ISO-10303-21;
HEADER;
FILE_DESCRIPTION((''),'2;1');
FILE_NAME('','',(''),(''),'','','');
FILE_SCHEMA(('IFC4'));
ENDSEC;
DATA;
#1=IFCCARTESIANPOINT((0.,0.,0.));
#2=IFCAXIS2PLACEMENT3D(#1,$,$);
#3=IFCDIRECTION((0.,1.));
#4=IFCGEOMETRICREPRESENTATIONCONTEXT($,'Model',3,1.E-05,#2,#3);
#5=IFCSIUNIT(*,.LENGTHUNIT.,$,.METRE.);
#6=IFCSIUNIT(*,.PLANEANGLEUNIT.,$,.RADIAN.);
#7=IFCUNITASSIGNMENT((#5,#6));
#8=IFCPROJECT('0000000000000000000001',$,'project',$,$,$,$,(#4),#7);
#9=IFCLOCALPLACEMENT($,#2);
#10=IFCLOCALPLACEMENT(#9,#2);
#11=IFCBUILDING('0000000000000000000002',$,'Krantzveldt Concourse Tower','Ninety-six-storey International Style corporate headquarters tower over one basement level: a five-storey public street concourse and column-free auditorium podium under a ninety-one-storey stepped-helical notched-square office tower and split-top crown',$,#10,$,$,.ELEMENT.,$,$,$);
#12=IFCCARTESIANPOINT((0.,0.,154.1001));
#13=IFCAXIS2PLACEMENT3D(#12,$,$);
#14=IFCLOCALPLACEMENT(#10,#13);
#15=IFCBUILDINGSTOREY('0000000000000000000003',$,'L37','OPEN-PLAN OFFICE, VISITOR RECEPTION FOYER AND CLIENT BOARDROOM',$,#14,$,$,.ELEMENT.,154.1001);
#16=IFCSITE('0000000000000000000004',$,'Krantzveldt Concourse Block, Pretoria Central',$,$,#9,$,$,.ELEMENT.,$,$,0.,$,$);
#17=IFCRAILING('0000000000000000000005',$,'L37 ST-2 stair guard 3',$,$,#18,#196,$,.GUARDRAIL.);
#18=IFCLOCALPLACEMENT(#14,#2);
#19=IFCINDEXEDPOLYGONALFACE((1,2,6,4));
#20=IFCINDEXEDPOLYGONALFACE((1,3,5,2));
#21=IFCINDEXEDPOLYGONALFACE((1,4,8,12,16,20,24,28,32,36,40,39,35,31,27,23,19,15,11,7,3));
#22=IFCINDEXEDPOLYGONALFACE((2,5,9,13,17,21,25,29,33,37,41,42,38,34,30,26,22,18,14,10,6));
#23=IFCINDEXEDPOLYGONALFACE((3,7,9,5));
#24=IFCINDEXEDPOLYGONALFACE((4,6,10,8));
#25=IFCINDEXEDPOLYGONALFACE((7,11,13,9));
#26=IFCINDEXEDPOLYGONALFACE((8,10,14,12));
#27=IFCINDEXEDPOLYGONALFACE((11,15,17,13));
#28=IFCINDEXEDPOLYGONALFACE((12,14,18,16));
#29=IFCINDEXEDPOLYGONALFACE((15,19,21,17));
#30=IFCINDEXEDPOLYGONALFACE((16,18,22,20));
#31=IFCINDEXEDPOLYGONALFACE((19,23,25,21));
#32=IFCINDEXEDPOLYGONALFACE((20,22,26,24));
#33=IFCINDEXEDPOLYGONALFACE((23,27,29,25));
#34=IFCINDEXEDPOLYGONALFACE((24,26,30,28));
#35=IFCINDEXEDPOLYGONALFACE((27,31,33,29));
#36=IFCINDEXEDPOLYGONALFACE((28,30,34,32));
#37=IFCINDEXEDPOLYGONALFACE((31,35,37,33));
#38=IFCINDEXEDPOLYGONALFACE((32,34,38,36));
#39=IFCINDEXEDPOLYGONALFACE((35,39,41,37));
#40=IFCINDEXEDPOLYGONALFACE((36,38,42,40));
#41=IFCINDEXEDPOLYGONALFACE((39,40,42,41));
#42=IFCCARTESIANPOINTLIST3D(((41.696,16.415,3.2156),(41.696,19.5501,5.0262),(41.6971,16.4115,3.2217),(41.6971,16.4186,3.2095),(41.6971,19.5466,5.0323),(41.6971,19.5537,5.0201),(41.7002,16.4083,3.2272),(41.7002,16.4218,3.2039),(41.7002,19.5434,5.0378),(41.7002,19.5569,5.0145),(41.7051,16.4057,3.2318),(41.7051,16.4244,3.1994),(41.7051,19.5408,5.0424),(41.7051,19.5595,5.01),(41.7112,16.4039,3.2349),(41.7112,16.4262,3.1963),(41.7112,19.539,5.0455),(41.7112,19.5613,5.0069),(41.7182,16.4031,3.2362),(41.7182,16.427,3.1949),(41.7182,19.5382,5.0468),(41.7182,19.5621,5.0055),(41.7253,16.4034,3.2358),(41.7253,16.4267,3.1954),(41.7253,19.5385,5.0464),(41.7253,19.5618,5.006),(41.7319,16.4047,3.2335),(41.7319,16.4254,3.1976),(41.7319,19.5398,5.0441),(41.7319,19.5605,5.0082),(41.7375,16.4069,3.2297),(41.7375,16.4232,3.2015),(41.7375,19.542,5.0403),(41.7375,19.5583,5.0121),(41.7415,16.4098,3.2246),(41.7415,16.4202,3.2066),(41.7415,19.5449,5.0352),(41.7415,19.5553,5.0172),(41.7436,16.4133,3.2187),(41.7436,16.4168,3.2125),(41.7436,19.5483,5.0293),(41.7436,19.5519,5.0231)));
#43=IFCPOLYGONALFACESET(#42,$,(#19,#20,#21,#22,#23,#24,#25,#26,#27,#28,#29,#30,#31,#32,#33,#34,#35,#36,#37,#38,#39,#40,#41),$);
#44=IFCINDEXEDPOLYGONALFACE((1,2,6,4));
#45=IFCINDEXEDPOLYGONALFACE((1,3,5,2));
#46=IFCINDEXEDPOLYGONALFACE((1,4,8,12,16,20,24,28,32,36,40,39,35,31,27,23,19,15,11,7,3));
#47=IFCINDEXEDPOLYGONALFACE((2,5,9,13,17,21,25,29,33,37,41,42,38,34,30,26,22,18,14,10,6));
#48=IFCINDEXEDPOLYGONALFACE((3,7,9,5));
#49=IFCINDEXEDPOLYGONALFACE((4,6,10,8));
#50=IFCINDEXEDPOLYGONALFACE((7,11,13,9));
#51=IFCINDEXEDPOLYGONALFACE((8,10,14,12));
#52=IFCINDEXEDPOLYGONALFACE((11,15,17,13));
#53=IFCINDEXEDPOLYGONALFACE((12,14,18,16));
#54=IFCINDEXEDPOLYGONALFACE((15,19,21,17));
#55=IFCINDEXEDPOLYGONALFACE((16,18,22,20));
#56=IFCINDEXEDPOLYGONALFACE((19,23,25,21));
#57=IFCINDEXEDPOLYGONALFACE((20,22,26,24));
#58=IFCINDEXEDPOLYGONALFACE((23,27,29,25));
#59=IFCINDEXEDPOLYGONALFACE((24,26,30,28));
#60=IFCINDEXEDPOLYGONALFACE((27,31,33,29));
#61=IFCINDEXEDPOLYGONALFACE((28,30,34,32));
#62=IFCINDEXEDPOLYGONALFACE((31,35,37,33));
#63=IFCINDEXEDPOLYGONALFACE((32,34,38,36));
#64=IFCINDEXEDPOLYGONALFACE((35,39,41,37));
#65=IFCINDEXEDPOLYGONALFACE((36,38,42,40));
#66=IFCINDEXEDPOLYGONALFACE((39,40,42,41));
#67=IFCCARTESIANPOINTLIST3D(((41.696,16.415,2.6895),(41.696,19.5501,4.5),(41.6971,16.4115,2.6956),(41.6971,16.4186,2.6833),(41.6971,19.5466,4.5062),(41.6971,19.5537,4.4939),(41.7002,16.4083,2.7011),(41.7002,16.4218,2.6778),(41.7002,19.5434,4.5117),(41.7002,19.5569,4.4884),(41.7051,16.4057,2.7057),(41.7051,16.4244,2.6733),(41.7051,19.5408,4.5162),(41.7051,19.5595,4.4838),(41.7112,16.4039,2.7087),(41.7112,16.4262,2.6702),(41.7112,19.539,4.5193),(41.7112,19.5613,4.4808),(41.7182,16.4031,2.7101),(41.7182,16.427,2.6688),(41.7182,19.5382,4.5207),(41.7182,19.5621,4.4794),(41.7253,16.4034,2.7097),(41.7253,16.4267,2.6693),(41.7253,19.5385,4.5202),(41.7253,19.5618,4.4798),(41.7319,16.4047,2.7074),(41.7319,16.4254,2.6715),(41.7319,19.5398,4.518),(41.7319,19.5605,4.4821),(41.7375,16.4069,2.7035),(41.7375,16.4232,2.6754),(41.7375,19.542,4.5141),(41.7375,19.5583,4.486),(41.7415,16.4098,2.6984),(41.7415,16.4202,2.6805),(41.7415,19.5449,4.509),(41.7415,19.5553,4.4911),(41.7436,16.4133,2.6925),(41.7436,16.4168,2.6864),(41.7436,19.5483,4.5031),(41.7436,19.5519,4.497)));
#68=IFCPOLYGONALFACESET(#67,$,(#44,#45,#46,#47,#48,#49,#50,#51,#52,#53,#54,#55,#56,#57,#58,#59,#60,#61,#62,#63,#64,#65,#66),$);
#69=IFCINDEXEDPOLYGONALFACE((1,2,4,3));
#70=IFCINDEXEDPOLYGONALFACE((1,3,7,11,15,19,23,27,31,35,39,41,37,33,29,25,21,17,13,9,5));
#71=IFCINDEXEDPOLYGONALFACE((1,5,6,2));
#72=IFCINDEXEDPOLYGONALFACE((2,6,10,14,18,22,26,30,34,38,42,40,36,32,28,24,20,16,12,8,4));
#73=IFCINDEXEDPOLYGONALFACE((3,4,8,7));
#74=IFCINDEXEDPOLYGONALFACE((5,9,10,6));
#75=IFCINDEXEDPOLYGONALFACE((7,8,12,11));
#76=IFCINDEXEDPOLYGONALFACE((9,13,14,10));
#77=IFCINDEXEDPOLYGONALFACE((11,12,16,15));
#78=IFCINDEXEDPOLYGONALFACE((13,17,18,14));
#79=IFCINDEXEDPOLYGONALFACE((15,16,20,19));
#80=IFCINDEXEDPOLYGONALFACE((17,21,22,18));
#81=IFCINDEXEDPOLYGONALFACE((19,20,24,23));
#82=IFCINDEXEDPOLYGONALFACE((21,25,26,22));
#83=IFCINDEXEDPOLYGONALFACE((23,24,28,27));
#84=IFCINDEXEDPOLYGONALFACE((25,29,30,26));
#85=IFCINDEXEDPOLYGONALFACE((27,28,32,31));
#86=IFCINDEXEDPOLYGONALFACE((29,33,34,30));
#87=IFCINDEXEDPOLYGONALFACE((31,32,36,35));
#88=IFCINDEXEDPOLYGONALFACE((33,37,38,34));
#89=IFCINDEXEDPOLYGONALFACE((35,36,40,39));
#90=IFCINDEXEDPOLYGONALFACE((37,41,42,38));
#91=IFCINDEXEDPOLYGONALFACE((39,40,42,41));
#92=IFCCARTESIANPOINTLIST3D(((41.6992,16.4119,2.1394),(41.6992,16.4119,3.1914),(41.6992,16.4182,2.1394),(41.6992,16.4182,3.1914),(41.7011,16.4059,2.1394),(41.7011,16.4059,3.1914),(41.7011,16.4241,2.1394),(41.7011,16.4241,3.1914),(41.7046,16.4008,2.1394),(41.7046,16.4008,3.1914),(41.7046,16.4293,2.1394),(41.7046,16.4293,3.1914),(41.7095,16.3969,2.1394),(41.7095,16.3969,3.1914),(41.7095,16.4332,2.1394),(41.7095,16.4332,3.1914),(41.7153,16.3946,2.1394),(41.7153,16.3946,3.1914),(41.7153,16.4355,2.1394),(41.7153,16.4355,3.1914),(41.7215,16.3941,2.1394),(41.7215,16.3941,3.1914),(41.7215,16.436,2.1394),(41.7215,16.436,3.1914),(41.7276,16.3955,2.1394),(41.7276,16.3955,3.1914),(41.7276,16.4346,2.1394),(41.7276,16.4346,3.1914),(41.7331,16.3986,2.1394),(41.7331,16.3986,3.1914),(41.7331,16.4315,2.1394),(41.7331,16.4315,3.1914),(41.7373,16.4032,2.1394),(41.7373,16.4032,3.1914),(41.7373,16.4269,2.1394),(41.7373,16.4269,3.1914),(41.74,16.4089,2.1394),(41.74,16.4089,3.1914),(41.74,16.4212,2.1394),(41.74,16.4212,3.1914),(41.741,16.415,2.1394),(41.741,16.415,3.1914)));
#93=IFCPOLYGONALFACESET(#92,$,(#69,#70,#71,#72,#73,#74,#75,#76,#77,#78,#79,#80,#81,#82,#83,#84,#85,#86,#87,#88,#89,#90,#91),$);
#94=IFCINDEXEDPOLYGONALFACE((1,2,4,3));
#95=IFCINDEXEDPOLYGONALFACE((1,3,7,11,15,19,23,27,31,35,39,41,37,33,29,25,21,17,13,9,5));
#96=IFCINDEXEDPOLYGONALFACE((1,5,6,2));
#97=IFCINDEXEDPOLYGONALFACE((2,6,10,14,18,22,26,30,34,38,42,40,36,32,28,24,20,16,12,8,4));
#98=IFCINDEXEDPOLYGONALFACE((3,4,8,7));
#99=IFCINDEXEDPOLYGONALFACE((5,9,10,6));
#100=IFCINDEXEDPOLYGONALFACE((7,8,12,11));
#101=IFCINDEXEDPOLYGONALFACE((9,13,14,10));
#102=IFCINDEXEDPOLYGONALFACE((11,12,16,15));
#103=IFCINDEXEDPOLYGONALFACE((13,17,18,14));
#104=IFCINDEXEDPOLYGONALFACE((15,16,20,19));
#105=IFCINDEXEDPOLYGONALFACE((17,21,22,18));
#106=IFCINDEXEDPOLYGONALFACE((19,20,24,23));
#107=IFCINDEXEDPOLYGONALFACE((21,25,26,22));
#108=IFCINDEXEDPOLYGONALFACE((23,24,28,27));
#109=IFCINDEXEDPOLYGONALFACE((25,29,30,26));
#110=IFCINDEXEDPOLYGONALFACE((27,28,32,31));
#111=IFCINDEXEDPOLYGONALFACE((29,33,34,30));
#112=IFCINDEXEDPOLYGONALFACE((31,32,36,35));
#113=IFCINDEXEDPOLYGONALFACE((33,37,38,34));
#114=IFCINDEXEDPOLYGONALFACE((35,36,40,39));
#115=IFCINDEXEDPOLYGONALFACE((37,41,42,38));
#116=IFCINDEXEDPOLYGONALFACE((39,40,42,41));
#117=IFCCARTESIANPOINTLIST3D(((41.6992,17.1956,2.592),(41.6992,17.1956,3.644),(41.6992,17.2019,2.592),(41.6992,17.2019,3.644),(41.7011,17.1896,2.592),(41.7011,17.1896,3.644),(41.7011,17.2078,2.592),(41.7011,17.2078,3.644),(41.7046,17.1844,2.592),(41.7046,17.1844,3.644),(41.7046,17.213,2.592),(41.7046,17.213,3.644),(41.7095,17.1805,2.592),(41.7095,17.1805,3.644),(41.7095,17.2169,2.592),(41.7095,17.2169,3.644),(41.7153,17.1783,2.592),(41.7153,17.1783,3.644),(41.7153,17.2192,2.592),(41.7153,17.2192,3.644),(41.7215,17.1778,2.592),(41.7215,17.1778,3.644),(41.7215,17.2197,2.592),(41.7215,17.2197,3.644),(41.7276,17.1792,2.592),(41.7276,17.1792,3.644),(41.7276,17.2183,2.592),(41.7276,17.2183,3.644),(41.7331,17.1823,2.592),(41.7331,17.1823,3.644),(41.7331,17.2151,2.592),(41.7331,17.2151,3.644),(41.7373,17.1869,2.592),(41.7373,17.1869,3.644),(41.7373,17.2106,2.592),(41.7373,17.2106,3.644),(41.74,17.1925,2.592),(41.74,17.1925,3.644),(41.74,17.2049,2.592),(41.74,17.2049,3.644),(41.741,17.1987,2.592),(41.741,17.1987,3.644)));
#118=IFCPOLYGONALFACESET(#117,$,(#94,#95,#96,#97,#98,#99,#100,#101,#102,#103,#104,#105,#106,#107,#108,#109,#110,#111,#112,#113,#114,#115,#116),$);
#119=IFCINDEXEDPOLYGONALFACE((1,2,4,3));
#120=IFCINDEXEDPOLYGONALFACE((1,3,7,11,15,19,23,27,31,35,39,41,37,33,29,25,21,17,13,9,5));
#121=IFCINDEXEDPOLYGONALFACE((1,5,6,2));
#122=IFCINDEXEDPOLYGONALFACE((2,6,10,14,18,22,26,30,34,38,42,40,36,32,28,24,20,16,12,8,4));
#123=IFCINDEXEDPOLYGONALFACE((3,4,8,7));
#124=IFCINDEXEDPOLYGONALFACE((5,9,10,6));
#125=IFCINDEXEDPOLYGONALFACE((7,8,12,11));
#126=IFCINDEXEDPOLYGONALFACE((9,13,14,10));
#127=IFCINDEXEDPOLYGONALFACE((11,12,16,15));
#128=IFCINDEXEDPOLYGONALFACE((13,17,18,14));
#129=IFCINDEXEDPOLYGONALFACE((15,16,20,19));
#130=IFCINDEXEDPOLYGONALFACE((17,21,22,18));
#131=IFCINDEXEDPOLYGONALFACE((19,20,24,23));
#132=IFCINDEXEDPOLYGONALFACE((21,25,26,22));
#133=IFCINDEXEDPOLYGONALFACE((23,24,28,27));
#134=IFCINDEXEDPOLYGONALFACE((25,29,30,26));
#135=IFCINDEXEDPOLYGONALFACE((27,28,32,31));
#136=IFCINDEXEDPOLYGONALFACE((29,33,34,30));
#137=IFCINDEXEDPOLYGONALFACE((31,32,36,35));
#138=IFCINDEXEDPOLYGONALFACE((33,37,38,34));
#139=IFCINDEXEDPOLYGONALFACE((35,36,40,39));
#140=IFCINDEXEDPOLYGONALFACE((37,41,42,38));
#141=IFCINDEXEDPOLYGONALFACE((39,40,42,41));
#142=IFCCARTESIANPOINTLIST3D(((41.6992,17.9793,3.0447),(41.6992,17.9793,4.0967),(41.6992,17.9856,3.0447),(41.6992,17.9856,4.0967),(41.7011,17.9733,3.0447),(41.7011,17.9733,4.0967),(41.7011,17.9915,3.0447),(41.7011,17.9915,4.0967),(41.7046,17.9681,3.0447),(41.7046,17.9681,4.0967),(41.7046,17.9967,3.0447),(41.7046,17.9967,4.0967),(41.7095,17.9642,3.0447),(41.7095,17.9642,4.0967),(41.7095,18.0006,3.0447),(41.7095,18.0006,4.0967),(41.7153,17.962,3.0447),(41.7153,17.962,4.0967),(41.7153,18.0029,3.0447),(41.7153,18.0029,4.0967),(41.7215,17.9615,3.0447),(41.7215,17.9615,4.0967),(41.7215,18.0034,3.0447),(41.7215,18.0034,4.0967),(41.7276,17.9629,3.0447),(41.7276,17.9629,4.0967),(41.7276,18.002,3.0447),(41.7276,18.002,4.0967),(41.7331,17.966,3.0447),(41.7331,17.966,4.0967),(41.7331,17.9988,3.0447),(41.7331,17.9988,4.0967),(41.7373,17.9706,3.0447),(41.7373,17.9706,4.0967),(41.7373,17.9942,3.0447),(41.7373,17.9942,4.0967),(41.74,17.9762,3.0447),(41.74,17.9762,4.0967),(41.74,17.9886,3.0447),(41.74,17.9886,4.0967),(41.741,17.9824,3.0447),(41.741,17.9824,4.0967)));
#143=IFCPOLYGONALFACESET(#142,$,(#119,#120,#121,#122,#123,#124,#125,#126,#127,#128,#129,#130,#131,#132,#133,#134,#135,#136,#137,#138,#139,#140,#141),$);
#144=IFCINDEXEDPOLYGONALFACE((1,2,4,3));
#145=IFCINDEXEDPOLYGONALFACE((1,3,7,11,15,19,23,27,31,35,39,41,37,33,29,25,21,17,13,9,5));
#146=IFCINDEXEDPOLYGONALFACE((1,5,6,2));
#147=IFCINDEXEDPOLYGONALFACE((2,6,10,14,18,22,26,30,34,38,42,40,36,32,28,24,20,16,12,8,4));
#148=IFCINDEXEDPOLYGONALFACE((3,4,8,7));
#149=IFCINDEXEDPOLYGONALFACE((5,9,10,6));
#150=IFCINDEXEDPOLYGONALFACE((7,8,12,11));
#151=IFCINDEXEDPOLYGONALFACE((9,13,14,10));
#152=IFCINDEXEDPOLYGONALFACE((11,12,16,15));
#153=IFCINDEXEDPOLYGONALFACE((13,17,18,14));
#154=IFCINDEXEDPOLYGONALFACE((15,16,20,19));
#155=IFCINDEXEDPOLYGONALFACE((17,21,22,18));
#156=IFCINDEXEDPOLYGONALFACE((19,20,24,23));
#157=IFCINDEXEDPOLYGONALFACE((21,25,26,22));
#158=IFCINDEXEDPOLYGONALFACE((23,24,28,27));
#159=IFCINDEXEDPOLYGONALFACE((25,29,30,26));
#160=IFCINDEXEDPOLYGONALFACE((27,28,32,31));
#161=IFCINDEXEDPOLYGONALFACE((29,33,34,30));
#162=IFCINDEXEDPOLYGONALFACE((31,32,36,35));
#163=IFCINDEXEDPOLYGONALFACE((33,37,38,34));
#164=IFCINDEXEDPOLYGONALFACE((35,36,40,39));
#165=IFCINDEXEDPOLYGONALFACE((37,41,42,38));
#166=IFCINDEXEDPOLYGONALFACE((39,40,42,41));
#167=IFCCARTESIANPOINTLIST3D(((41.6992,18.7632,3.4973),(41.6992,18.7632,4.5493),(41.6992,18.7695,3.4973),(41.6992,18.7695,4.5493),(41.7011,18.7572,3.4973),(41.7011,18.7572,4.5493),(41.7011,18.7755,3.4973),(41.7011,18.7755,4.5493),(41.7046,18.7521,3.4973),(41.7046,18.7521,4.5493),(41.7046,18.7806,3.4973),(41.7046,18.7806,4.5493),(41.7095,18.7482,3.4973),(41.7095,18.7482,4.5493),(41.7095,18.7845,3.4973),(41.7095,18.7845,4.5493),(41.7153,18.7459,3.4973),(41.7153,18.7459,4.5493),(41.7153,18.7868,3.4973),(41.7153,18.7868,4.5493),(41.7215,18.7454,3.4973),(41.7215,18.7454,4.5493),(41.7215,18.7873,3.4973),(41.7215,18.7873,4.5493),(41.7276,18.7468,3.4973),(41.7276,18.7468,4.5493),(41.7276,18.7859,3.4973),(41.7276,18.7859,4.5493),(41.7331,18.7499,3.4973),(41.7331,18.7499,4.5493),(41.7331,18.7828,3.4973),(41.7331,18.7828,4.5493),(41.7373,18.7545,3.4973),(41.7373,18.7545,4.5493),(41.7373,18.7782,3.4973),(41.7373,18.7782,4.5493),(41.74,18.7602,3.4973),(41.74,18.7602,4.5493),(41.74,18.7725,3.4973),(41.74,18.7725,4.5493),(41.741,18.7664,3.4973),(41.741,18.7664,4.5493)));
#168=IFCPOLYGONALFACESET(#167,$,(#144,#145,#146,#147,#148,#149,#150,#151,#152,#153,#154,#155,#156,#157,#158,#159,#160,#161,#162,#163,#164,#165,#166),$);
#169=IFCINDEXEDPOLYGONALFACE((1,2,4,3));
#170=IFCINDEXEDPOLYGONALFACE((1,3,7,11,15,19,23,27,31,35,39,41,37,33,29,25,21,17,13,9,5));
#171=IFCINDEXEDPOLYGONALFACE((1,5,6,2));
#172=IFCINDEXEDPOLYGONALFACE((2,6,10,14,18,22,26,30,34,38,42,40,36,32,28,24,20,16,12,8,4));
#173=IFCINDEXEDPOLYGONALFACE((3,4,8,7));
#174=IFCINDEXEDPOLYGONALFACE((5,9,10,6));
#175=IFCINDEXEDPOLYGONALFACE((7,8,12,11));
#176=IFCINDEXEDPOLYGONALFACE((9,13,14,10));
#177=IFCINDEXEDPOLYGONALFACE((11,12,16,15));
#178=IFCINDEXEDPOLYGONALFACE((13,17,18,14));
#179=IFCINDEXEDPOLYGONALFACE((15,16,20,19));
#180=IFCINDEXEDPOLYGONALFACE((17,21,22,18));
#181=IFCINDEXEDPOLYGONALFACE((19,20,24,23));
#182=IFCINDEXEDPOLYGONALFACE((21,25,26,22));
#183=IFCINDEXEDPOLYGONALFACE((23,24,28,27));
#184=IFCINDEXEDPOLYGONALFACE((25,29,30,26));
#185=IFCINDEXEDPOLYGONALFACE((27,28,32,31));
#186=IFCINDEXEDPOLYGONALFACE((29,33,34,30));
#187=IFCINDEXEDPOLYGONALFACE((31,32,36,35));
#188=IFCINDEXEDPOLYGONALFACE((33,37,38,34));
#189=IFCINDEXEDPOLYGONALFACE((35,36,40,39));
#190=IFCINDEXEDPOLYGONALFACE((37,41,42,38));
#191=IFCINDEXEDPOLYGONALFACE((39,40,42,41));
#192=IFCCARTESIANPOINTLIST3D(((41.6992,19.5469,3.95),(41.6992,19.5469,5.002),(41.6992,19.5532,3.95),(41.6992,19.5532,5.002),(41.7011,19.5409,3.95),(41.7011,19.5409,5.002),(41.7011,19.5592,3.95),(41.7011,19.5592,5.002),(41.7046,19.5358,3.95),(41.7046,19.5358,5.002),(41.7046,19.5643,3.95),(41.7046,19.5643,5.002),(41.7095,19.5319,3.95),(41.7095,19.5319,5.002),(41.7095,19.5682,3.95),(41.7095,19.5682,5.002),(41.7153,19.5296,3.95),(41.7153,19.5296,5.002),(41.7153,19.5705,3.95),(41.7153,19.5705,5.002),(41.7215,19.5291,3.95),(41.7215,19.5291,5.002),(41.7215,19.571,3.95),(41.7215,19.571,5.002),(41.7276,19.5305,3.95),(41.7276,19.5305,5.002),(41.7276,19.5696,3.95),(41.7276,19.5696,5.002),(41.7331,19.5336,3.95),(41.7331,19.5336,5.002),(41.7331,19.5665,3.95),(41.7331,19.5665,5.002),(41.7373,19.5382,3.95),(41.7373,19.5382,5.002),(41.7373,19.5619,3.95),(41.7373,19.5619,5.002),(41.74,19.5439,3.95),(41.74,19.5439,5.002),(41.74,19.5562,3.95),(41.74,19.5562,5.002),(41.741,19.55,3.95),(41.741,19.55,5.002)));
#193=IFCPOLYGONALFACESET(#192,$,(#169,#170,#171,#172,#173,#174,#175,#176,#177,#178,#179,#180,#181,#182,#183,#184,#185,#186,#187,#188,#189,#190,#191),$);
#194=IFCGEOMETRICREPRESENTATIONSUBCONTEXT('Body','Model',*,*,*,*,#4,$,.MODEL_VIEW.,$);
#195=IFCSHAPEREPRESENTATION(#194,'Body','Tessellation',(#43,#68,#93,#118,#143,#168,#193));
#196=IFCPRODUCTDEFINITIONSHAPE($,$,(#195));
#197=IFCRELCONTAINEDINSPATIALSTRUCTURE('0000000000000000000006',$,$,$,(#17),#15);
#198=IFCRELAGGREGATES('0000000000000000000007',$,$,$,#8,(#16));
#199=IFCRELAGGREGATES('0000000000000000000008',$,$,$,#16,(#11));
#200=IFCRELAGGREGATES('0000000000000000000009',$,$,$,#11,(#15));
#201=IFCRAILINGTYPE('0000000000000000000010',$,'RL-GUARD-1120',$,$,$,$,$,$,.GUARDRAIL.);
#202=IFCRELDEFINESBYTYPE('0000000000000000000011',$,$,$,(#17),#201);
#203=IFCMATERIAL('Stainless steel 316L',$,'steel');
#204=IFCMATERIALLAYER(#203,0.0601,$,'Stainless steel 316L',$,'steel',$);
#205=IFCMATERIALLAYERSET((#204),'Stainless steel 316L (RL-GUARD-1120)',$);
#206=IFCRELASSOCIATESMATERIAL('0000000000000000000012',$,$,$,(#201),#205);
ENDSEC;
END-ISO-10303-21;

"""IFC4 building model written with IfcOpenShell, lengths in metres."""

from ifc_helpers import new_model, si_unit, direction, frame, origin, origin_2d, place, context, subcontext, project, spatial, circle, extrude, material, layer, layer_set, type_object, element, save


model = new_model("IFC4")

# Units and contexts
model_context = context("Model", 3, precision=1e-05, world=origin(), true_north=direction((0.0, 1.0)))
body_context = subcontext(model_context, "Body", "Model", "MODEL_VIEW")
ifc_project = project(units=[si_unit("LENGTHUNIT", "METRE"), si_unit("PLANEANGLEUNIT", "RADIAN")], contexts=[model_context])

# Site, building, storey
site_placement = place(None, origin())
site = spatial("IfcSite", under=ifc_project, at=site_placement, Name="Krantzveldt Concourse Block, Pretoria Central", CompositionType="ELEMENT", RefElevation=0.0)
building_placement = place(site_placement, origin())
building = spatial("IfcBuilding", under=site, at=building_placement, Name="Krantzveldt Concourse Tower", Description="Ninety-six-storey International Style corporate headquarters tower over one basement level: a five-storey public street concourse and column-free auditorium podium under a ninety-one-storey stepped-helical notched-square office tower and split-top crown", CompositionType="ELEMENT")
storey_placement = place(building_placement, frame((0.0, 0.0, 154.1001)))
storey = spatial("IfcBuildingStorey", under=building, at=storey_placement, Name="L37", Description="OPEN-PLAN OFFICE, VISITOR RECEPTION FOYER AND CLIENT BOARDROOM", CompositionType="ELEMENT", Elevation=154.1001)

# Shared definitions
ifc_material_1 = material(Name="Stainless steel 316L", Category="steel")

# Railing
ifc_layer_1 = layer(ifc_material_1, 0.0601, Name="Stainless steel 316L", Category="steel")
ifc_layer_set_1 = layer_set([ifc_layer_1], Name="Stainless steel 316L (RL-GUARD-1120)")
railing_type_1 = type_object("IfcRailingType", Name="RL-GUARD-1120", PredefinedType="GUARDRAIL", material=ifc_layer_set_1)
railing_1_placement = place(storey_placement, frame((41.72, 16.415, 2.1394)))
element("IfcRailing", 1, at=railing_1_placement, inside=storey, type_object=railing_type_1, Name="L37 ST-2 stair guard 3", PredefinedType="GUARDRAIL", context=body_context, shape_type="SweptSolid", body=[
    extrude(circle(Radius=0.0239, at=origin_2d()), frame((0.0, 0.0, 1.0762), z_axis=(0.0, 0.86596, 0.500114), x_axis=(-1.0, 0.0, 0.0)), (0.0, 0.0, 1.0), 3.6204),
    extrude(circle(Radius=0.0239, at=origin_2d()), frame((0.0, 0.0, 0.55), z_axis=(0.0, 0.86596, 0.500114), x_axis=(-1.0, 0.0, 0.0)), (0.0, 0.0, 1.0), 3.6204),
    extrude(circle(Radius=0.021, at=origin_2d()), origin(), (0.0, 0.0, 1.0), 1.052),
    extrude(circle(Radius=0.021, at=origin_2d()), frame((0.0, 0.7837, 0.4526)), (0.0, 0.0, 1.0), 1.052),
    extrude(circle(Radius=0.021, at=origin_2d()), frame((0.0, 1.5674, 0.9053)), (0.0, 0.0, 1.0), 1.052),
    extrude(circle(Radius=0.021, at=origin_2d()), frame((0.0, 2.3513, 1.3579)), (0.0, 0.0, 1.0), 1.052),
    extrude(circle(Radius=0.021, at=origin_2d()), frame((0.0, 3.135, 1.8105)), (0.0, 0.0, 1.0), 1.052),
])

save(model, "model.ifc")
